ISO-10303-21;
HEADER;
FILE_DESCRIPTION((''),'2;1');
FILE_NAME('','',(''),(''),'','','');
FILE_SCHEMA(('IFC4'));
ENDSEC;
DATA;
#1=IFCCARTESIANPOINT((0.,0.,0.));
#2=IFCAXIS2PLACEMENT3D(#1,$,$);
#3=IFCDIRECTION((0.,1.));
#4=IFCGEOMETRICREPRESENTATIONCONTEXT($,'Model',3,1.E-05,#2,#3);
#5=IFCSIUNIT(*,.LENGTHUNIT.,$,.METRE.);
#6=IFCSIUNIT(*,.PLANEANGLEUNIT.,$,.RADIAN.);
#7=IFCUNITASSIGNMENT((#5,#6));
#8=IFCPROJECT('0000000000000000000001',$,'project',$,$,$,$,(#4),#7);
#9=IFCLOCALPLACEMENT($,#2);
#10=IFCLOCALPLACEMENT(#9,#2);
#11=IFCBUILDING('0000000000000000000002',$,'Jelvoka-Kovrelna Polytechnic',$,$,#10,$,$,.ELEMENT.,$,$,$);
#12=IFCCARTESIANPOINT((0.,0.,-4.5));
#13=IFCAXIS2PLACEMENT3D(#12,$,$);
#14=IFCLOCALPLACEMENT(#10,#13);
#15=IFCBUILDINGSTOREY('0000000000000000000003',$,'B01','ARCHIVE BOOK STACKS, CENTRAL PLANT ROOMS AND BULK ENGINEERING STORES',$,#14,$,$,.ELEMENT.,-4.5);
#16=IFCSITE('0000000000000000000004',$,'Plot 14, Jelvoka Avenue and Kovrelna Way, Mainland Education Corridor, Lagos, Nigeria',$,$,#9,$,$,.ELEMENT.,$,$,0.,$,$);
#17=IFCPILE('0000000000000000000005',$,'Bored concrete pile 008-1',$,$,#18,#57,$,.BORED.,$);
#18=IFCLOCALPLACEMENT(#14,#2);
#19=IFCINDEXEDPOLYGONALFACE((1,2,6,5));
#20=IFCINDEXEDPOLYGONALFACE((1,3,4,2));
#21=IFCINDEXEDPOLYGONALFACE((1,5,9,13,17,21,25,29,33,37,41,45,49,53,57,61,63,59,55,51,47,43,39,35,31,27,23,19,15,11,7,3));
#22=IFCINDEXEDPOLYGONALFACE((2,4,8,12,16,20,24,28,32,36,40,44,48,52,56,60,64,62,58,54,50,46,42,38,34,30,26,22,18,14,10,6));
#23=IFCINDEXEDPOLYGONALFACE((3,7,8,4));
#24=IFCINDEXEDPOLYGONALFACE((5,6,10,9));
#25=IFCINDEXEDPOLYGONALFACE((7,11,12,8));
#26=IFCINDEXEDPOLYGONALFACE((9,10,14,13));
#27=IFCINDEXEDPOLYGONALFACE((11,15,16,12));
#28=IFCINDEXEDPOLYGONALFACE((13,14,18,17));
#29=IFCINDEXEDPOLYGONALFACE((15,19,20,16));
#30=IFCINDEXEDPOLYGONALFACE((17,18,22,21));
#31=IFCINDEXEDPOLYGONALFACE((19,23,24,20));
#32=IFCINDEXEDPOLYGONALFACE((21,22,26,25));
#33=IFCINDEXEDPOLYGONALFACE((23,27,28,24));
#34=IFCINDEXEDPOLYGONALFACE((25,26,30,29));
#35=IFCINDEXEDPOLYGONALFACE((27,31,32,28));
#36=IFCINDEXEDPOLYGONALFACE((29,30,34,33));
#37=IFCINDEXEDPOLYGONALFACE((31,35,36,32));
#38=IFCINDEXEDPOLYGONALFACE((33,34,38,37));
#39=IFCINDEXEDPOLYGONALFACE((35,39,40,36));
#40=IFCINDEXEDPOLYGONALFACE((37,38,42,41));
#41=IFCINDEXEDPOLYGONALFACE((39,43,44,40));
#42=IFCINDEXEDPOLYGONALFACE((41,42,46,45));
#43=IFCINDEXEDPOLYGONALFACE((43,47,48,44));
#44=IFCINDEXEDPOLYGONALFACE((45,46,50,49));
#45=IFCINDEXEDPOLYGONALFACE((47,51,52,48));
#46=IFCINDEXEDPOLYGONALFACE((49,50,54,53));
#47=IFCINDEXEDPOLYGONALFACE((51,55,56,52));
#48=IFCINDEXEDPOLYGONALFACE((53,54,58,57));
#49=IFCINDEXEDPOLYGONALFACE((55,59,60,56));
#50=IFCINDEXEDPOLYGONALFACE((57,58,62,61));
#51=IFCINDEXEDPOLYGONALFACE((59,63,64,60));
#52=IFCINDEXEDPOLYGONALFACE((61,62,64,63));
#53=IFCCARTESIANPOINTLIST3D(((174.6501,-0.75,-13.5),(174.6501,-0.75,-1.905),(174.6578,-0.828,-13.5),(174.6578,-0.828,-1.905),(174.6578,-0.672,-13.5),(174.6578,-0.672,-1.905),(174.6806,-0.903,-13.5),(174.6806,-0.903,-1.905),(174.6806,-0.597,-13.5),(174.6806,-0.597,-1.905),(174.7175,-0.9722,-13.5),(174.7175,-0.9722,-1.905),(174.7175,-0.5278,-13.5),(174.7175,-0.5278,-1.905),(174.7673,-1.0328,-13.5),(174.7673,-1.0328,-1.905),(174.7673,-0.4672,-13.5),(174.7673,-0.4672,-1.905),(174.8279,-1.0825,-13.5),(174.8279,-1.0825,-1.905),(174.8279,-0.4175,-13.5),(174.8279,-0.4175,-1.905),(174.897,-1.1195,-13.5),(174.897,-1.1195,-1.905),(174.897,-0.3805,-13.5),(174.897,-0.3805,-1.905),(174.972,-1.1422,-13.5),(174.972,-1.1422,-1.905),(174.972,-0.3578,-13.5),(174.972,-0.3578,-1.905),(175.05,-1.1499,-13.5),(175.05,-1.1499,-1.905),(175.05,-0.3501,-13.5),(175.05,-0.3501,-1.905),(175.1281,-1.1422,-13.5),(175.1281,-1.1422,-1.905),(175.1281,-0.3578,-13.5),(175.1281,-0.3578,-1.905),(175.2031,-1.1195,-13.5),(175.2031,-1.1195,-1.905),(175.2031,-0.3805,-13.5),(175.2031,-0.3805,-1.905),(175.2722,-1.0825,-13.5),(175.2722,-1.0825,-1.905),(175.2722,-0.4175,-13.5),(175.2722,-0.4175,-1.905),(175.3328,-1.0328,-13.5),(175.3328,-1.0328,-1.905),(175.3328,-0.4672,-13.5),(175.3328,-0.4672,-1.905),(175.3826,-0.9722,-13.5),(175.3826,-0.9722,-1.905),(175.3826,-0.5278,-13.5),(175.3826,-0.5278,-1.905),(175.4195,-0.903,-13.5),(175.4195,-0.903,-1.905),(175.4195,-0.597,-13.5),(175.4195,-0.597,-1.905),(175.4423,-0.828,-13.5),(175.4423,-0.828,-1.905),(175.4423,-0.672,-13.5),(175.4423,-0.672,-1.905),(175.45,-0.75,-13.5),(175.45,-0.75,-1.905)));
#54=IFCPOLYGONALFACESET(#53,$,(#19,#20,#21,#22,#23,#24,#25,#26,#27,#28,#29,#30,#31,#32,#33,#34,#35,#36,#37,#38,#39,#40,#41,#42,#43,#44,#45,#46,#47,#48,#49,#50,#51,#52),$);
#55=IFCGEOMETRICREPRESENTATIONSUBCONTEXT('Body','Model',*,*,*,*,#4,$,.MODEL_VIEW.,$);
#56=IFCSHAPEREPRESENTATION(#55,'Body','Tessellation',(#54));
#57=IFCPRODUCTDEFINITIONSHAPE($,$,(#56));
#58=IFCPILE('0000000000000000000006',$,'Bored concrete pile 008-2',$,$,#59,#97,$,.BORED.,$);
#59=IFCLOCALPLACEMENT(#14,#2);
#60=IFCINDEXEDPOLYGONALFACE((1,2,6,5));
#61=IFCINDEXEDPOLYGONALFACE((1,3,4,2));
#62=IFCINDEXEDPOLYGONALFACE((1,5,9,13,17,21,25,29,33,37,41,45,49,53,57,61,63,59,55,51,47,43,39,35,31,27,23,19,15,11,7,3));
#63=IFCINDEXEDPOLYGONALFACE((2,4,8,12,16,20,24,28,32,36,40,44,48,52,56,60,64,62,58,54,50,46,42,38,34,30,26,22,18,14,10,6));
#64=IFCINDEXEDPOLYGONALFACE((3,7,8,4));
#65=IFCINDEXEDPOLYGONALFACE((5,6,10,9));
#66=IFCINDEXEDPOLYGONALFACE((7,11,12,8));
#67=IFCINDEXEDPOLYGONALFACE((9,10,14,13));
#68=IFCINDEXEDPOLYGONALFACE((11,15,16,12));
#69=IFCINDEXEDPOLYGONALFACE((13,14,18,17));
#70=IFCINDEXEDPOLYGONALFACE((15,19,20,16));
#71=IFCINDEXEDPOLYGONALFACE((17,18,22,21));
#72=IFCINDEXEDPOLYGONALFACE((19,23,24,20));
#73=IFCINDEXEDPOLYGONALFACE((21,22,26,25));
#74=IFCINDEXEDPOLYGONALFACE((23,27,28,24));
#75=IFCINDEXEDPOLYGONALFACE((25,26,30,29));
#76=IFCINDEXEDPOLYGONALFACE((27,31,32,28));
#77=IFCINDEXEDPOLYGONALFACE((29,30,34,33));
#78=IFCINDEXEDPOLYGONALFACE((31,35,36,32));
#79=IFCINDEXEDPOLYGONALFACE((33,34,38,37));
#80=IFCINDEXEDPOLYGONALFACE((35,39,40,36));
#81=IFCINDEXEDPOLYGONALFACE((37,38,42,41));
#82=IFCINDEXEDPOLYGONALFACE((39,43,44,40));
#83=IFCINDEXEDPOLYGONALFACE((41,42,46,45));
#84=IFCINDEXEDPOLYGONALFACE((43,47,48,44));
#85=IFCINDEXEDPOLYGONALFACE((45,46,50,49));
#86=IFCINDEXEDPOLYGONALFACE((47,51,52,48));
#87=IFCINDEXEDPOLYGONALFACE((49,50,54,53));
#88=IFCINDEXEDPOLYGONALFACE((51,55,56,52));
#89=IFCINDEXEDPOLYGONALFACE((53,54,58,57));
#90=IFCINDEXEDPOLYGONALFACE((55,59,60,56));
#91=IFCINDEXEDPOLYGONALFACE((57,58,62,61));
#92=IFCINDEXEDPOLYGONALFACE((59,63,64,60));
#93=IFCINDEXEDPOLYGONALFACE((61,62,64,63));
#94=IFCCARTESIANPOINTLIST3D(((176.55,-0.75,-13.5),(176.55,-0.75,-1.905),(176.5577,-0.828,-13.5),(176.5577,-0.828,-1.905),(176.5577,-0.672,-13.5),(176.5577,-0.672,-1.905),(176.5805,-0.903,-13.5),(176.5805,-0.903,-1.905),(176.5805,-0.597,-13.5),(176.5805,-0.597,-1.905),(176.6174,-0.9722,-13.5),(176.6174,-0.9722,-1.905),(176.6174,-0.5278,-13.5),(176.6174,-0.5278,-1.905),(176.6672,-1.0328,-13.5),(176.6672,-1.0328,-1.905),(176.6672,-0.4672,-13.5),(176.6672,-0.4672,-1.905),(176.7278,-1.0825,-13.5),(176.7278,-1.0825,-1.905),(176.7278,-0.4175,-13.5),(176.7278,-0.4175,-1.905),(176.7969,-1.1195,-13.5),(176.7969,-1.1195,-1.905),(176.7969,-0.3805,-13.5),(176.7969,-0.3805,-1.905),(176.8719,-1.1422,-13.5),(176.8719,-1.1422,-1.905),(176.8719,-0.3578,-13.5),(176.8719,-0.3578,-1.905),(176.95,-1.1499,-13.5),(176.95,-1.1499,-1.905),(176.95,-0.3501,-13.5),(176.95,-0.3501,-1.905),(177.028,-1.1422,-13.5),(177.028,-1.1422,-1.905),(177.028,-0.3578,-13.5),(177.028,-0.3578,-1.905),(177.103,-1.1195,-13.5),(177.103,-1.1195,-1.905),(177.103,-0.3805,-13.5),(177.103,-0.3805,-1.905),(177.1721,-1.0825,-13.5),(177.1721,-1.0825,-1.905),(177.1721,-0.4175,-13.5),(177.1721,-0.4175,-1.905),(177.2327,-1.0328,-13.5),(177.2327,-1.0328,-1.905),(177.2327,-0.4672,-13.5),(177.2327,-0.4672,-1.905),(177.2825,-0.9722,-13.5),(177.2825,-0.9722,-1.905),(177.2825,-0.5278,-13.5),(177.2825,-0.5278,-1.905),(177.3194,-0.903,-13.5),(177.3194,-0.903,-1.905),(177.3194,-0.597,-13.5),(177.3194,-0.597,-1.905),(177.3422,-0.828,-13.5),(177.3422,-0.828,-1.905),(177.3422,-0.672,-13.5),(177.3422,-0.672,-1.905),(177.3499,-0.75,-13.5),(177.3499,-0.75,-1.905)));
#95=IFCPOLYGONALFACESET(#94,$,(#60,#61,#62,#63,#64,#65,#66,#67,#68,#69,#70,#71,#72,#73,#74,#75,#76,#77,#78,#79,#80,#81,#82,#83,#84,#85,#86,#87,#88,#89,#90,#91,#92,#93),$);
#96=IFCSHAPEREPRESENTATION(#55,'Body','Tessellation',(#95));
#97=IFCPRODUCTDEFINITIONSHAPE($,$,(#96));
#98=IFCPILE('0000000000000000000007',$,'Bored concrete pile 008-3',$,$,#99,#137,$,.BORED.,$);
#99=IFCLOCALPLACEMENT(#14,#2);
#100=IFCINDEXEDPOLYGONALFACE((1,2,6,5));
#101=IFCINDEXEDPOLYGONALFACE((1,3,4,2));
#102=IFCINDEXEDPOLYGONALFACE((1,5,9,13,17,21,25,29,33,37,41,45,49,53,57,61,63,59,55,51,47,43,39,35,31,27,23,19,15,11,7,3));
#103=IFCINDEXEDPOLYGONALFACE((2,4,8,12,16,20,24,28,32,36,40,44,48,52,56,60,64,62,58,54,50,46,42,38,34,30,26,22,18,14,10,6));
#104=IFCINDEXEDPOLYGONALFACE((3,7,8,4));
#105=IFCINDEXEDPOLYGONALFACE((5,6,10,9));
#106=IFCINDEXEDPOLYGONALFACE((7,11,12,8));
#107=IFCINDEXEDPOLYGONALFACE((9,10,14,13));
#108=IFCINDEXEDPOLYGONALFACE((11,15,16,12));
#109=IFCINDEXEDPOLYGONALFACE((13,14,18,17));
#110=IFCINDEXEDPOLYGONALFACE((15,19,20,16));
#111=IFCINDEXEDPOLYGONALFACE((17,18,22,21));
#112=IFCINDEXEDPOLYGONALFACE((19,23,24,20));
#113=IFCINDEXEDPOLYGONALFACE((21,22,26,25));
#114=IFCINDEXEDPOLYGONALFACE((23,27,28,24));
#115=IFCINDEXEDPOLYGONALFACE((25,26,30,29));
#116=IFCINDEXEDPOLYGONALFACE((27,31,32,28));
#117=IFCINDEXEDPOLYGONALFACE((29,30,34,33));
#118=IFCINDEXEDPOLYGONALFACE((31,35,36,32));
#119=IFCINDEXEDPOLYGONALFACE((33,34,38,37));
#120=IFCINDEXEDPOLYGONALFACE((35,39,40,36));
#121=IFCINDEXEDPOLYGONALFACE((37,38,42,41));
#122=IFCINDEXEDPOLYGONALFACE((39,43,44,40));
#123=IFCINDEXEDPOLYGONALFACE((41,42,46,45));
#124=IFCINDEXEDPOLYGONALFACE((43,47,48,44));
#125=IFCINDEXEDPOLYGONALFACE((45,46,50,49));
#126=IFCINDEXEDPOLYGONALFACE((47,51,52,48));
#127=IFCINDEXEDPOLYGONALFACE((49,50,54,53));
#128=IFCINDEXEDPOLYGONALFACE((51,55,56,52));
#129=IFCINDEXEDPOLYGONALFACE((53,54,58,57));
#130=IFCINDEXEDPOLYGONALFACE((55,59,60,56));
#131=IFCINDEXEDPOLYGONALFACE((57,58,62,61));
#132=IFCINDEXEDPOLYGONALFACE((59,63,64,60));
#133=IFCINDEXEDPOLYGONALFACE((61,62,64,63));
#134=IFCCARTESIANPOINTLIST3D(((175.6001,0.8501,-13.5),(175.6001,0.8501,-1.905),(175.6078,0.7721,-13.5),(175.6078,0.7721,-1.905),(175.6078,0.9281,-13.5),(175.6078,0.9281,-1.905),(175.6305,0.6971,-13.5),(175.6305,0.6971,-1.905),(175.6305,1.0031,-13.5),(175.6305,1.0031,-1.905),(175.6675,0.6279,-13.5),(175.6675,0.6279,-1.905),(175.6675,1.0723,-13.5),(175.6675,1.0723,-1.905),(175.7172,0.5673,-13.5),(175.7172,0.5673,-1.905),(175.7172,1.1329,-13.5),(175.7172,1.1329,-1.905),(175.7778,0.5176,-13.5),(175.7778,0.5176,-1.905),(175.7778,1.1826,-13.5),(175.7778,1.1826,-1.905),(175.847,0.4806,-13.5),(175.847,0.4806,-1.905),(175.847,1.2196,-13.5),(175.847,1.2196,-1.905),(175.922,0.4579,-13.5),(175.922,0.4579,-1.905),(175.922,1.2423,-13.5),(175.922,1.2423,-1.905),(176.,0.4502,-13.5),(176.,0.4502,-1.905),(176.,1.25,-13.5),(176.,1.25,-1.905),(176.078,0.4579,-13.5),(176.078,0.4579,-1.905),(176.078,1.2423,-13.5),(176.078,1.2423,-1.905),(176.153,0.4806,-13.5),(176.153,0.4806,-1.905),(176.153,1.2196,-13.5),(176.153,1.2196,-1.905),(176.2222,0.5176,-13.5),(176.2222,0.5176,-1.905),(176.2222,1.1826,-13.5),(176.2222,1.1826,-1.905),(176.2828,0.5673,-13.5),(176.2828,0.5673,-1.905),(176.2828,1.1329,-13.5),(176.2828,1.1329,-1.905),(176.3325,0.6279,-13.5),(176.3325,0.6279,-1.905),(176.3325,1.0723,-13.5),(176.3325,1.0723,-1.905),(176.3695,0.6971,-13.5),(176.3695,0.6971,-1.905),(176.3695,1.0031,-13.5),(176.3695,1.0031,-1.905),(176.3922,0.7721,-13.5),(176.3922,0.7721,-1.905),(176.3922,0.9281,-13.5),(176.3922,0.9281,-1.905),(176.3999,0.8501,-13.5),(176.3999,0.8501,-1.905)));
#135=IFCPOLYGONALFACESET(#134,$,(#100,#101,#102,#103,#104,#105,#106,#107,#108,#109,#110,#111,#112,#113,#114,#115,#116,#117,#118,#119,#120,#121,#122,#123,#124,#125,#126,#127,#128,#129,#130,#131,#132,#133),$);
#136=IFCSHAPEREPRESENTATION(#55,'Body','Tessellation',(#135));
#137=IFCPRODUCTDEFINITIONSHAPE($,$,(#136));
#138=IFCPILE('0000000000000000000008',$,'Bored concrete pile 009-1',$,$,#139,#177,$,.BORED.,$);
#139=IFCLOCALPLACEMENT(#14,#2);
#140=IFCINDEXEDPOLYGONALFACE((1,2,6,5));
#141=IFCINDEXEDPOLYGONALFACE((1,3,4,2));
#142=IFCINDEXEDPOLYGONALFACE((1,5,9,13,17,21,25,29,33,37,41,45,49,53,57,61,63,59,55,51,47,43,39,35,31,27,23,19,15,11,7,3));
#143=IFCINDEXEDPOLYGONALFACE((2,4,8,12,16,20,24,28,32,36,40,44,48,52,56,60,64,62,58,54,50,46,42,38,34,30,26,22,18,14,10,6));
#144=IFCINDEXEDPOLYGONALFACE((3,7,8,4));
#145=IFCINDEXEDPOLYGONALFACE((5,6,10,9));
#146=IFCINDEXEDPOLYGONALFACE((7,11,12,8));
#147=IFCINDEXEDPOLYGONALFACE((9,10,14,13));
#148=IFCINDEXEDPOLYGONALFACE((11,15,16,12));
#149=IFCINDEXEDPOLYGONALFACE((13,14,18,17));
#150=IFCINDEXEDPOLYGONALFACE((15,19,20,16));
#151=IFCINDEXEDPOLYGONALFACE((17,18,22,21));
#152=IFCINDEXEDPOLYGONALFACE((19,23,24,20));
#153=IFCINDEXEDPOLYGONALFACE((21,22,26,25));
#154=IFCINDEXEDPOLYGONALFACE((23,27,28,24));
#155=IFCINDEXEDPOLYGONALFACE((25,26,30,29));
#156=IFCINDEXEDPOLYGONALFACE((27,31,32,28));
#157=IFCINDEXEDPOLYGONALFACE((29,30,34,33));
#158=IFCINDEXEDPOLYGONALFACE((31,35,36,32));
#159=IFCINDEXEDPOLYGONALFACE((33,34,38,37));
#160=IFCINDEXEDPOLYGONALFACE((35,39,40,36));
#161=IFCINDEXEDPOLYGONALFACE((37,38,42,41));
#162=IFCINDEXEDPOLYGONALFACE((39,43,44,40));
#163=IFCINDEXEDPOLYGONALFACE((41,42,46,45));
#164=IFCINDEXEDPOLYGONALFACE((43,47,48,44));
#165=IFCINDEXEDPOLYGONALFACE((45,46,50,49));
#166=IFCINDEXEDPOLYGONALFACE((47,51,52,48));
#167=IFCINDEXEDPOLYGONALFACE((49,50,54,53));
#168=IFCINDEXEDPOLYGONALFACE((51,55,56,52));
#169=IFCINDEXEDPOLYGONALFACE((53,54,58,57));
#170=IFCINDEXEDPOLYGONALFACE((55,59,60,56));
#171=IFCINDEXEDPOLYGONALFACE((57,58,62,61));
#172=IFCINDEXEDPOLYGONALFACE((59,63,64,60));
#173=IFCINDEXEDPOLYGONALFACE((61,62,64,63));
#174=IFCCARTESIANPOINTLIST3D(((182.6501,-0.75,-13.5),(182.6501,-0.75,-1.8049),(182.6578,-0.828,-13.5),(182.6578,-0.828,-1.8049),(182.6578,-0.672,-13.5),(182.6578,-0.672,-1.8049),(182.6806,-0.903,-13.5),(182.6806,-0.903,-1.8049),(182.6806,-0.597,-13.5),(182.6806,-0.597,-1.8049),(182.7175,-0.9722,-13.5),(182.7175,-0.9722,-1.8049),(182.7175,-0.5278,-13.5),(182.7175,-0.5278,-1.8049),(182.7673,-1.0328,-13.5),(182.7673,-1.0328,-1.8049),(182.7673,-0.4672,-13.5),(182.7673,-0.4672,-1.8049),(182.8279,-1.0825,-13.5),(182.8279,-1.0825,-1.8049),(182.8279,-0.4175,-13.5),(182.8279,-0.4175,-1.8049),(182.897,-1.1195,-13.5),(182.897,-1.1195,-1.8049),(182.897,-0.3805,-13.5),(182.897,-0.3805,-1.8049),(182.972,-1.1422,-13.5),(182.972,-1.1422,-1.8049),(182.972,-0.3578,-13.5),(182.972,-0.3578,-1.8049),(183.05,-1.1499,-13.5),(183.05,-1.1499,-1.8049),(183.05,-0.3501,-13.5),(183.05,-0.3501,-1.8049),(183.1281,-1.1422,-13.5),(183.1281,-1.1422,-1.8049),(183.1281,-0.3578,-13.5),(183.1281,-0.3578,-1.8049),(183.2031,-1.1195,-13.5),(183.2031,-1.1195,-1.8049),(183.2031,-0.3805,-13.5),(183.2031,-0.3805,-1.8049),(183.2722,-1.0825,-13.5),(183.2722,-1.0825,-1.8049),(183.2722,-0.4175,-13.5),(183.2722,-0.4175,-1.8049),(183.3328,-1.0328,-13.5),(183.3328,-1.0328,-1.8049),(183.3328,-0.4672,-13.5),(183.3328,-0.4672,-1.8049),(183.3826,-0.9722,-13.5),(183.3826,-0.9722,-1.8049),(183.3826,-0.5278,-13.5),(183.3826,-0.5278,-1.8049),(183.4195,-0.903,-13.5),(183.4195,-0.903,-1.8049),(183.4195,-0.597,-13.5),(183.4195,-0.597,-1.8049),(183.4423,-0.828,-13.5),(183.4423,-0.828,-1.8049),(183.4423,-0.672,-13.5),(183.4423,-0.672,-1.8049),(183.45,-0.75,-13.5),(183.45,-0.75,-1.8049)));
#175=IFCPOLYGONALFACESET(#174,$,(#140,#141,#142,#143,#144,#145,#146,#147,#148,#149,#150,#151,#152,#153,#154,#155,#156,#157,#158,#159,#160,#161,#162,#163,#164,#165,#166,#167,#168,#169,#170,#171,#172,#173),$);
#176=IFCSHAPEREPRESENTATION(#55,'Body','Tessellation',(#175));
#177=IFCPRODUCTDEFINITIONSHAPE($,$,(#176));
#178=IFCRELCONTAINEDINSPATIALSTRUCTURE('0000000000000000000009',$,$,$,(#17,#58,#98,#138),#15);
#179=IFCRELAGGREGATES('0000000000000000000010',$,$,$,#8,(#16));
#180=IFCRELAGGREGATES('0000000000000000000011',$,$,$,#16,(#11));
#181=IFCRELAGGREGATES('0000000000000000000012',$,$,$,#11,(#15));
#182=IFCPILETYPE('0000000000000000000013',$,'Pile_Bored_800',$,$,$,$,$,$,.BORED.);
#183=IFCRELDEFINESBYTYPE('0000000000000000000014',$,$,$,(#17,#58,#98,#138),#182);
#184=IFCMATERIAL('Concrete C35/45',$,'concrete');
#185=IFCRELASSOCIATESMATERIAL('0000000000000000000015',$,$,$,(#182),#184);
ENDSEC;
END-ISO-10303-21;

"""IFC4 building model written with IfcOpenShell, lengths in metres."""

from ifc_helpers import new_model, si_unit, direction, frame, origin, origin_2d, place, context, subcontext, project, spatial, circle, extrude, material, material_profile, profile_set, type_object, element, save


model = new_model("IFC4")

# Units and contexts
model_context = context("Model", 3, precision=1e-05, world=origin(), true_north=direction((0.0, 1.0)))
body_context = subcontext(model_context, "Body", "Model", "MODEL_VIEW")
ifc_project = project(units=[si_unit("LENGTHUNIT", "METRE"), si_unit("PLANEANGLEUNIT", "RADIAN")], contexts=[model_context])

# Site, building, storey
site_placement = place(None, origin())
site = spatial("IfcSite", under=ifc_project, at=site_placement, Name="Plot 14, Jelvoka Avenue and Kovrelna Way, Mainland Education Corridor, Lagos, Nigeria", CompositionType="ELEMENT", RefElevation=0.0)
building_placement = place(site_placement, origin())
building = spatial("IfcBuilding", under=site, at=building_placement, Name="Jelvoka-Kovrelna Polytechnic", CompositionType="ELEMENT")
storey_placement = place(building_placement, frame((0.0, 0.0, -4.5)))
storey = spatial("IfcBuildingStorey", under=building, at=storey_placement, Name="B01", Description="ARCHIVE BOOK STACKS, CENTRAL PLANT ROOMS AND BULK ENGINEERING STORES", CompositionType="ELEMENT", Elevation=-4.5)

# Piles
ifc_material_1 = material(Name="Concrete C35/45", Category="concrete")
ifc_material_profile_1 = material_profile(ifc_material_1, circle(Radius=0.3999, at=origin_2d()), Name="PILE D800")
ifc_profile_set_1 = profile_set([ifc_material_profile_1], Name="Concrete C35/45")
pile_type_1 = type_object("IfcPileType", Name="Pile_Bored_800", PredefinedType="BORED", material=ifc_profile_set_1)
for number, where, z_axis, x_axis, name in (
    (1, (175.05, -0.75, -1.905), (0.0, 0.0, -1.0), (1.0, 0.0, 0.0), "Bored concrete pile 008-1"),
    (2, (176.95, -0.75, -1.905), (0.0, 0.0, -1.0), (1.0, 0.0, 0.0), "Bored concrete pile 008-2"),
    (3, (176.0, 0.8501, -1.905), (0.0, 0.0, -1.0), (1.0, 0.0, 0.0), "Bored concrete pile 008-3"),
):
    element("IfcPile", number, at=place(storey_placement, frame(where, z_axis=z_axis, x_axis=x_axis)), inside=storey, type_object=pile_type_1, Name=name, PredefinedType="BORED", context=body_context, shape_type="SweptSolid", body=[
        extrude(circle(Radius=0.3999, at=origin_2d()), origin(), (0.0, 0.0, 1.0), 11.595),
    ])
for number, where, z_axis, x_axis, name in (
    (4, (183.05, -0.75, -1.8049), (0.0, 0.0, -1.0), (1.0, 0.0, 0.0), "Bored concrete pile 009-1"),
):
    element("IfcPile", number, at=place(storey_placement, frame(where, z_axis=z_axis, x_axis=x_axis)), inside=storey, type_object=pile_type_1, Name=name, PredefinedType="BORED", context=body_context, shape_type="SweptSolid", body=[
        extrude(circle(Radius=0.3999, at=origin_2d()), origin(), (0.0, 0.0, 1.0), 11.6951),
    ])

save(model, "model.ifc")
